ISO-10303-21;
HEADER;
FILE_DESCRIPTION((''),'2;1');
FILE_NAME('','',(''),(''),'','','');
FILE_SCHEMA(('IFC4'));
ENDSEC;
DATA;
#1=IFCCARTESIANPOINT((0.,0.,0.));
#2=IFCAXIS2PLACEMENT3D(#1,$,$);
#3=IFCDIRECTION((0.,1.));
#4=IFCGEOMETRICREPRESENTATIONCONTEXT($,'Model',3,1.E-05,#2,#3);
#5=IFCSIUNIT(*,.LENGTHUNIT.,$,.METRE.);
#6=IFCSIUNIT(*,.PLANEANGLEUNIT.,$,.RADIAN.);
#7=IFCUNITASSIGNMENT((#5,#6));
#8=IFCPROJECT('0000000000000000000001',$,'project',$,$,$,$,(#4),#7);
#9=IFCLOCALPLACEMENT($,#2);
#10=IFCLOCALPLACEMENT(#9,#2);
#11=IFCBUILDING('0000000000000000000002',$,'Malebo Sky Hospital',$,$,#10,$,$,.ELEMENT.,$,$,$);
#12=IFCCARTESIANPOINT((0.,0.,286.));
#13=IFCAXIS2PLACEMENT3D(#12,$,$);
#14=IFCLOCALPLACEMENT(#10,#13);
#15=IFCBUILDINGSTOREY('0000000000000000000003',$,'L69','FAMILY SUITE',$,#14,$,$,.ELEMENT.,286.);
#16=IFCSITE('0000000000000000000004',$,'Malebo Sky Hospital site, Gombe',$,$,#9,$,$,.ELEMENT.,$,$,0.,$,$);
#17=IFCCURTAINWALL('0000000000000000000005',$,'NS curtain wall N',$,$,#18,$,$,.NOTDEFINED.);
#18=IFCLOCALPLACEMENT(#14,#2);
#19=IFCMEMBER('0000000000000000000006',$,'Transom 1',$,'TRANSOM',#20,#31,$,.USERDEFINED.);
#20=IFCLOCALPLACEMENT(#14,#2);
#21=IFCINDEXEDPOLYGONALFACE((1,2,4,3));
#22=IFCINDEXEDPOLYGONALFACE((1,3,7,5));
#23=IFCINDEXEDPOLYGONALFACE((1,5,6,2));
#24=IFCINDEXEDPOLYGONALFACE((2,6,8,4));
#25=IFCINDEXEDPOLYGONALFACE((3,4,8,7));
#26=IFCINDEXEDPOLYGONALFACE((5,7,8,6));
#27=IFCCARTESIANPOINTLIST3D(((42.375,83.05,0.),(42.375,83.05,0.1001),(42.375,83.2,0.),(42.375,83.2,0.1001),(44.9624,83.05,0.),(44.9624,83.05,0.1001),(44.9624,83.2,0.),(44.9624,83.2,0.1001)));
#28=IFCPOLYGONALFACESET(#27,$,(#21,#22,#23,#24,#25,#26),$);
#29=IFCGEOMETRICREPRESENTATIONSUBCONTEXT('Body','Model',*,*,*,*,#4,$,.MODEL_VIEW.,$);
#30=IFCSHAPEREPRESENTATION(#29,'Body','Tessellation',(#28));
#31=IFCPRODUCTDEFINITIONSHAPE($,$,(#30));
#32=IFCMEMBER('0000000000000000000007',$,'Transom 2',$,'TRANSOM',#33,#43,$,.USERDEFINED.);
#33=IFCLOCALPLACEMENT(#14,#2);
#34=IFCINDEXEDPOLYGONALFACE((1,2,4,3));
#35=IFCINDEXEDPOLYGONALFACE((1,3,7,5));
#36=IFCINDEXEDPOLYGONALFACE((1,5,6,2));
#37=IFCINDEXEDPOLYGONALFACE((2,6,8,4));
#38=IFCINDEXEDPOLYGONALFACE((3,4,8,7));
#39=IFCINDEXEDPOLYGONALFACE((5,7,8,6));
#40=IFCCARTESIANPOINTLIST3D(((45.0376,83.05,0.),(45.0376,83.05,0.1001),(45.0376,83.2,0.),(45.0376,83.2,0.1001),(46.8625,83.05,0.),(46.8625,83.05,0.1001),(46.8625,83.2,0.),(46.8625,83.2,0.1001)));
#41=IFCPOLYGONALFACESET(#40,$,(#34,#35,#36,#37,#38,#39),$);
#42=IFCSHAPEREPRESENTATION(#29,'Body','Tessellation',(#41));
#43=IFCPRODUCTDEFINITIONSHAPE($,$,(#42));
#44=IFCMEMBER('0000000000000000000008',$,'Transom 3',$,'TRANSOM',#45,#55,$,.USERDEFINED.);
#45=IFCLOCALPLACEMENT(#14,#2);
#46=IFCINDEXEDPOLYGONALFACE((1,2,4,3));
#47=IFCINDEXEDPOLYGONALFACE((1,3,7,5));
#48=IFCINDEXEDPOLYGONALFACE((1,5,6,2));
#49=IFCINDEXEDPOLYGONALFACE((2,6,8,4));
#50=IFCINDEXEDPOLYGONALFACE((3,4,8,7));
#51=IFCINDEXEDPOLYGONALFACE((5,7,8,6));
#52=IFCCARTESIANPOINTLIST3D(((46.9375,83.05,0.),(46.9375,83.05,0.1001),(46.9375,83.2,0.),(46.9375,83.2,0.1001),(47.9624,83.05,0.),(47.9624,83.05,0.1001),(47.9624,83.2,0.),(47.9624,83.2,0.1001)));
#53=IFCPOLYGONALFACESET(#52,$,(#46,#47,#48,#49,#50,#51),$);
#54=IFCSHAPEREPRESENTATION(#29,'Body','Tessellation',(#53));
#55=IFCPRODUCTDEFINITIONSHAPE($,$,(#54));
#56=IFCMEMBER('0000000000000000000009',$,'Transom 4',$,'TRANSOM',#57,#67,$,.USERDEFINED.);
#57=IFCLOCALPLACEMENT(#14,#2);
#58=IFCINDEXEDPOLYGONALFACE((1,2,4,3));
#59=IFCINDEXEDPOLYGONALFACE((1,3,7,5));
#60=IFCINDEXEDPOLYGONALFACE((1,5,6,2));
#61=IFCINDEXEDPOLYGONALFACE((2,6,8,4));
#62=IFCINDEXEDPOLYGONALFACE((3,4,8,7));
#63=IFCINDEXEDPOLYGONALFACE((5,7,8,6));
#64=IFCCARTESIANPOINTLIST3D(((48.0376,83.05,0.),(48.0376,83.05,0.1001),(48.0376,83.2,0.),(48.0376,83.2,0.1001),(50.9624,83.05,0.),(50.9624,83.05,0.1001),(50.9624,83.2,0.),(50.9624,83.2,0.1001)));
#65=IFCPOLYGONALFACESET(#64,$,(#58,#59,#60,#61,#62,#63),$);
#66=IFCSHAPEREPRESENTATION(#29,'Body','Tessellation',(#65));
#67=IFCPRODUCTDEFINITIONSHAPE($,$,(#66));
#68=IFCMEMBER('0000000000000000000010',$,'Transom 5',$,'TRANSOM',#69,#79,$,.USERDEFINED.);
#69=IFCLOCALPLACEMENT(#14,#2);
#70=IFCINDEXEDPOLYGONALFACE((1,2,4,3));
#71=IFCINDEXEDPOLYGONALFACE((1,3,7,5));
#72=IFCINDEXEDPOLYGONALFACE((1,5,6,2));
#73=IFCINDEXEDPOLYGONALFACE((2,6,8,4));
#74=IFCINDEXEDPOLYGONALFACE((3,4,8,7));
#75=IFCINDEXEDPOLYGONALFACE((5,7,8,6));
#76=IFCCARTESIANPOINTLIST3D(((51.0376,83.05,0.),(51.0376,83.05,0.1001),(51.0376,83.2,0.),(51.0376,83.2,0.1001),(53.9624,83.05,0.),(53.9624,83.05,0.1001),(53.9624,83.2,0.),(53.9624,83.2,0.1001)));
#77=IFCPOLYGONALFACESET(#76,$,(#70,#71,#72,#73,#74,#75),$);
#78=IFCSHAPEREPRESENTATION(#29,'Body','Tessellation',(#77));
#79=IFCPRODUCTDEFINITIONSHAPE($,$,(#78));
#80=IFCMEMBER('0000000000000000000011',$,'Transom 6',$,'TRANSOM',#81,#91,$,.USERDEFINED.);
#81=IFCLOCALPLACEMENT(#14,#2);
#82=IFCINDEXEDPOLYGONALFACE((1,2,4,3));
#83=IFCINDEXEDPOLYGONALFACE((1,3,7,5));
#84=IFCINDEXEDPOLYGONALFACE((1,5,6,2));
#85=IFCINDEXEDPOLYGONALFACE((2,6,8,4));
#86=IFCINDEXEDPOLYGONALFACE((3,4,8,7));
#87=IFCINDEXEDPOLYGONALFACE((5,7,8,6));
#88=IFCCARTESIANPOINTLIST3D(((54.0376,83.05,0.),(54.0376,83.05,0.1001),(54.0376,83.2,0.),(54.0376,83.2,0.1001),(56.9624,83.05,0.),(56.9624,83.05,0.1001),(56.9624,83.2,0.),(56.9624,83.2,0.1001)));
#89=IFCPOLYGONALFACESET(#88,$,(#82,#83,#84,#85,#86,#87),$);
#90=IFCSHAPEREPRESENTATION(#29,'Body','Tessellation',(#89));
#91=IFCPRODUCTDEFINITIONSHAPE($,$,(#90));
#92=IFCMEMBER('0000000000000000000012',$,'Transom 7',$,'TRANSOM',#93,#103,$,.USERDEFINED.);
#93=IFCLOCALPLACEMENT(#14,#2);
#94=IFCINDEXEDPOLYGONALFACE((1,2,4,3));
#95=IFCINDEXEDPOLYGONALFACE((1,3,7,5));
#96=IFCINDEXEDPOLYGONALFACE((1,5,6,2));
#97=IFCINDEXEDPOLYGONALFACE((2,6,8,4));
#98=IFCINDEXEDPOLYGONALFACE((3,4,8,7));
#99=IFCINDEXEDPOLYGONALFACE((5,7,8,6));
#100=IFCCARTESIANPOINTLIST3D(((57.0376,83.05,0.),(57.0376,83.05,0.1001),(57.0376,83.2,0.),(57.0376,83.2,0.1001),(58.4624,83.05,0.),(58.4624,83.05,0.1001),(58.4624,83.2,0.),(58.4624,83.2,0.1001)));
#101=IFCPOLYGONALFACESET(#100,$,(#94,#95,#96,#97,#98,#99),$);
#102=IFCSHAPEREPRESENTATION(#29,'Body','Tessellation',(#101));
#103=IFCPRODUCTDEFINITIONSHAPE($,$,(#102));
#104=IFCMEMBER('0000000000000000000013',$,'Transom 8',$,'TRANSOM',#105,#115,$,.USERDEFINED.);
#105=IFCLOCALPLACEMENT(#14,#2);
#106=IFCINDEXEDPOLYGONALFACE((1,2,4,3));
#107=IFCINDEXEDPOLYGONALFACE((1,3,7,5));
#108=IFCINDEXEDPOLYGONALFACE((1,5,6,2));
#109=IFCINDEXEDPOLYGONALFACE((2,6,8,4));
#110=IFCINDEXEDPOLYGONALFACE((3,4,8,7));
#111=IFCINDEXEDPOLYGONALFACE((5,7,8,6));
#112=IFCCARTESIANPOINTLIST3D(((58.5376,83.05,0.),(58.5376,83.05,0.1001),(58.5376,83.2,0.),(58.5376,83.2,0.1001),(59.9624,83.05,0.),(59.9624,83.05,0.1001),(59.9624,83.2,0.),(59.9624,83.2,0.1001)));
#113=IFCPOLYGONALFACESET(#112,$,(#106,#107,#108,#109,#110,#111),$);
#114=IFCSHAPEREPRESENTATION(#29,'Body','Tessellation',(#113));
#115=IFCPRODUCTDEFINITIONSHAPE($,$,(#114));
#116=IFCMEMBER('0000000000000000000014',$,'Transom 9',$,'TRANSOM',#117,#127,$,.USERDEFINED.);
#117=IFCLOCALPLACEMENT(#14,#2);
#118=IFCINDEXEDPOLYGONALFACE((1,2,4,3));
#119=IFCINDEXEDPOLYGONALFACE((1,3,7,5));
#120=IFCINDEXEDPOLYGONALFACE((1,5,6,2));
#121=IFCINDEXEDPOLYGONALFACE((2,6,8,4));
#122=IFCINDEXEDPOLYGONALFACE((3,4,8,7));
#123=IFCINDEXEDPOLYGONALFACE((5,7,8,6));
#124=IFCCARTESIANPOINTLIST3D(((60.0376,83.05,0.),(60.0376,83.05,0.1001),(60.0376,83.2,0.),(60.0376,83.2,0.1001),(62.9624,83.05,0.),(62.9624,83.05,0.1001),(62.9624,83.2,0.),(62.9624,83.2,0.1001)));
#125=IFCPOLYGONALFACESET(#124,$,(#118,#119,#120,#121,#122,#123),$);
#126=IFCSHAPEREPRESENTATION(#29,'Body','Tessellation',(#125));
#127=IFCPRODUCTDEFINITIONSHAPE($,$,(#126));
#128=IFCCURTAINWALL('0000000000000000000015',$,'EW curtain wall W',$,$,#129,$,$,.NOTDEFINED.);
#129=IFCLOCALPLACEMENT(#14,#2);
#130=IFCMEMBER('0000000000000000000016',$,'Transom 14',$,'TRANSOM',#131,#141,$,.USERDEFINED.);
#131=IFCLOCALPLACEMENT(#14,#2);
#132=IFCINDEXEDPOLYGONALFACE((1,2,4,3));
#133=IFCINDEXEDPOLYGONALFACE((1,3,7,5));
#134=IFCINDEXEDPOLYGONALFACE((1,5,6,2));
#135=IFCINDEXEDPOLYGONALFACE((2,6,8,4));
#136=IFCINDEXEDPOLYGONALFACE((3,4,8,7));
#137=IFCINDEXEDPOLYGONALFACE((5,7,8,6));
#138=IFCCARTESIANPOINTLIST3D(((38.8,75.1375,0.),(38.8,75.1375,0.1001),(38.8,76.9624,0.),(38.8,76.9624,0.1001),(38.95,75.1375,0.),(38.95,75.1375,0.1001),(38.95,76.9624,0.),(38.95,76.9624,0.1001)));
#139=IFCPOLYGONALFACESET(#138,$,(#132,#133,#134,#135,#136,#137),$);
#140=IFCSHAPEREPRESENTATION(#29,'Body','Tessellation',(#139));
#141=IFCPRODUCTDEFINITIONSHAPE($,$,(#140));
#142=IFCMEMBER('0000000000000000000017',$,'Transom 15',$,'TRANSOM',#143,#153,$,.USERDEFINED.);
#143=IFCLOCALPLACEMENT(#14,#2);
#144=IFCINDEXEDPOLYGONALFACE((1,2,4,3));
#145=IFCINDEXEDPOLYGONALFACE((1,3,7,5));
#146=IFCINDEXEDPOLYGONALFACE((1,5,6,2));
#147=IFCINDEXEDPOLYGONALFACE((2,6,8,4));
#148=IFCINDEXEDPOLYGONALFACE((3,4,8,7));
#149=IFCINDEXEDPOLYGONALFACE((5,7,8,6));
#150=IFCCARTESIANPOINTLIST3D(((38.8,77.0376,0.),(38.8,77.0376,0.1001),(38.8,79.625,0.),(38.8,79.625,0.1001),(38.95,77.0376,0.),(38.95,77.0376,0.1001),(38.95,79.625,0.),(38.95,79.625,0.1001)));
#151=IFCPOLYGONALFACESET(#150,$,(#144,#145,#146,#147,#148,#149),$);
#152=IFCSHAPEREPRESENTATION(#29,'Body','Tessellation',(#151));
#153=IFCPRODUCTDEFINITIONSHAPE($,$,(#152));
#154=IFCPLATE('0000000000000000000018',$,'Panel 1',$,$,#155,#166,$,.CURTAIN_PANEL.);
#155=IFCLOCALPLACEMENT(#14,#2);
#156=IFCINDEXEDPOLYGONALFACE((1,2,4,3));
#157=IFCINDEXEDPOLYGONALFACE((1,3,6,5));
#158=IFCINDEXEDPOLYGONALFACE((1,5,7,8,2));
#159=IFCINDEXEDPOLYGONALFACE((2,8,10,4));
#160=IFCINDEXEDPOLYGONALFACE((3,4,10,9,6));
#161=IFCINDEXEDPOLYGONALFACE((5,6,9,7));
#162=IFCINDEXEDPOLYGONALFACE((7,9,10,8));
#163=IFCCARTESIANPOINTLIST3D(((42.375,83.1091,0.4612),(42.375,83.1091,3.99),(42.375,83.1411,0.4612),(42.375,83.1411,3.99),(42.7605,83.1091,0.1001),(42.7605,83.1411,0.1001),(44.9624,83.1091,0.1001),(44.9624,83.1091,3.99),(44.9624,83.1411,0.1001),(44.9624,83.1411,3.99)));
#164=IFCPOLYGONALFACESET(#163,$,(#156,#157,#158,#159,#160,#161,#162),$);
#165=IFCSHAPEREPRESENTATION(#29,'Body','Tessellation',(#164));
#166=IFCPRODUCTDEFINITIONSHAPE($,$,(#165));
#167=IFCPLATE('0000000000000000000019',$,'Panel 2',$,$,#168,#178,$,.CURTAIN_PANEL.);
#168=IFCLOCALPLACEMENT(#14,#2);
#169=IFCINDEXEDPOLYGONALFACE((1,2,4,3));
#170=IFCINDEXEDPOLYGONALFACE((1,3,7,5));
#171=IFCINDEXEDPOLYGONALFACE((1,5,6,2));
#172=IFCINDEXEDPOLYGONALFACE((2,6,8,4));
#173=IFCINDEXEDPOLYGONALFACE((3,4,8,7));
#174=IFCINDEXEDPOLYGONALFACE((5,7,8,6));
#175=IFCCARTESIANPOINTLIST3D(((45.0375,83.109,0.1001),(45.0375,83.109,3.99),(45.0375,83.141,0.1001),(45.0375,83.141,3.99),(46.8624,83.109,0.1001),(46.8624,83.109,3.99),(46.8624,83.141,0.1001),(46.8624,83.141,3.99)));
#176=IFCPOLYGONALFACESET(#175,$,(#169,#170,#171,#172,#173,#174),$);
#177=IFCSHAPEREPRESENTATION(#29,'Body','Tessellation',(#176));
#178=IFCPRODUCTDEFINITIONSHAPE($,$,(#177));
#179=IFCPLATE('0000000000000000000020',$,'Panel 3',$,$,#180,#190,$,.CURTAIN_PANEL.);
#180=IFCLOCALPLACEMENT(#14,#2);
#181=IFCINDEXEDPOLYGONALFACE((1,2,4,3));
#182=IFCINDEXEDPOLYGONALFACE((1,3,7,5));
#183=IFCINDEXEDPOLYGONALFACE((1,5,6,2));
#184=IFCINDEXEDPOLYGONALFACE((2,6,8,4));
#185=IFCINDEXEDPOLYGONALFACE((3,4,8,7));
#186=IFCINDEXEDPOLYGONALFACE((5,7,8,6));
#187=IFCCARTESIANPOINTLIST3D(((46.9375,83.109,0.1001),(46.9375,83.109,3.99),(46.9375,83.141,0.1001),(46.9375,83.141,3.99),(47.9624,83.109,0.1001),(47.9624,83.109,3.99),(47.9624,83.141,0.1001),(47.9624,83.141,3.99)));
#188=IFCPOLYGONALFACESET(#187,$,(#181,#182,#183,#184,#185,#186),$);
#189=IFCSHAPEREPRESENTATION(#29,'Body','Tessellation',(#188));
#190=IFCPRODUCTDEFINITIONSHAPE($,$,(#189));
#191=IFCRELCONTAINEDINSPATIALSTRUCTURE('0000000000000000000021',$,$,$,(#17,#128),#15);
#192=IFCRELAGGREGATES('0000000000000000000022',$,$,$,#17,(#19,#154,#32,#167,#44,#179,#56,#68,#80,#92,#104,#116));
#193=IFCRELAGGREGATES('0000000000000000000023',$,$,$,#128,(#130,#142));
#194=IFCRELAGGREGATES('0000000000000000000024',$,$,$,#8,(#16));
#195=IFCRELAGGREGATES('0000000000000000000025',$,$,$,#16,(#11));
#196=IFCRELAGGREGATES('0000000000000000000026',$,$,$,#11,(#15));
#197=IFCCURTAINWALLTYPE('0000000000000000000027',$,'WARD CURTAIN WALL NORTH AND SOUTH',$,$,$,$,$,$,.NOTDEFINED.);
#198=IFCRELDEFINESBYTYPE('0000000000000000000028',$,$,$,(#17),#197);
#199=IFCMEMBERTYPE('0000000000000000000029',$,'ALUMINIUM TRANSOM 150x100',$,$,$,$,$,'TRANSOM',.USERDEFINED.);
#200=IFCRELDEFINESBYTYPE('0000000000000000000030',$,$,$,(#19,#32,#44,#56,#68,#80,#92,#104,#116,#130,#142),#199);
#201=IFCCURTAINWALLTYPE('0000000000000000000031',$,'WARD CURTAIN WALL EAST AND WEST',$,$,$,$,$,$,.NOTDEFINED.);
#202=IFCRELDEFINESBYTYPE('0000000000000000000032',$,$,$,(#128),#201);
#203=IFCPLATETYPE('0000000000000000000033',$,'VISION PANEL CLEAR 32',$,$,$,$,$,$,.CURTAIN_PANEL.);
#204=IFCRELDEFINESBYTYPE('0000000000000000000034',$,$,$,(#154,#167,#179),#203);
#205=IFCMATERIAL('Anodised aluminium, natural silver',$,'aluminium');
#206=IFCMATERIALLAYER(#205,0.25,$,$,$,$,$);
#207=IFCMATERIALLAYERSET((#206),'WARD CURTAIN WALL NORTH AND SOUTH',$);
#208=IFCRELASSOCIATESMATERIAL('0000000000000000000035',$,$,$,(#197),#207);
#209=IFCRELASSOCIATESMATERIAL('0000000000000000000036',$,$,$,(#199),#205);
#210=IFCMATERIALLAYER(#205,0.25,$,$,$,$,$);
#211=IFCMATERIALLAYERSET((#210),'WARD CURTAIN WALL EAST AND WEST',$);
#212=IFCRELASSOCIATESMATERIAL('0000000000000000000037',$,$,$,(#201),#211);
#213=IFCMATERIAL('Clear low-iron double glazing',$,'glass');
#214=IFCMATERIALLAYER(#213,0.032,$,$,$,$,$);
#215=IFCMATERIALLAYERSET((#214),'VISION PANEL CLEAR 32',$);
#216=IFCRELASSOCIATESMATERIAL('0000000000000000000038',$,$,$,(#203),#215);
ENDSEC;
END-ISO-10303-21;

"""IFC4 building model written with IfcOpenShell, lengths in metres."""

from ifc_helpers import new_model, si_unit, direction, frame, origin, origin_2d, place, context, subcontext, project, spatial, polyline, rectangle, outline, extrude, material, layer, layer_set, material_profile, profile_set, type_object, element, aggregate, save


model = new_model("IFC4")

# Units and contexts
model_context = context("Model", 3, precision=1e-05, world=origin(), true_north=direction((0.0, 1.0)))
body_context = subcontext(model_context, "Body", "Model", "MODEL_VIEW")
ifc_project = project(units=[si_unit("LENGTHUNIT", "METRE"), si_unit("PLANEANGLEUNIT", "RADIAN")], contexts=[model_context])

# Site, building, storey
site_placement = place(None, origin())
site = spatial("IfcSite", under=ifc_project, at=site_placement, Name="Malebo Sky Hospital site, Gombe", CompositionType="ELEMENT", RefElevation=0.0)
building_placement = place(site_placement, origin())
building = spatial("IfcBuilding", under=site, at=building_placement, Name="Malebo Sky Hospital", CompositionType="ELEMENT")
storey_placement = place(building_placement, frame((0.0, 0.0, 286.0)))
storey = spatial("IfcBuildingStorey", under=building, at=storey_placement, Name="L69", Description="FAMILY SUITE", CompositionType="ELEMENT", Elevation=286.0)

# Curtain walls, members
ifc_material_1 = material(Name="Anodised aluminium, natural silver", Category="aluminium")
ifc_layer_1 = layer(ifc_material_1, 0.25)
ifc_layer_set_1 = layer_set([ifc_layer_1], Name="WARD CURTAIN WALL NORTH AND SOUTH")
curtain_wall_type_1 = type_object("IfcCurtainWallType", Name="WARD CURTAIN WALL NORTH AND SOUTH", PredefinedType="NOTDEFINED", material=ifc_layer_set_1)
curtain_wall_1_placement = place(storey_placement, origin())
curtain_wall_1 = element("IfcCurtainWall", 1, at=curtain_wall_1_placement, inside=storey, type_object=curtain_wall_type_1, Name="NS curtain wall N", PredefinedType="NOTDEFINED")
ifc_material_profile = material_profile(ifc_material_1, rectangle(XDim=0.1499, YDim=0.1001, at=origin_2d()), Name="ALUMINIUM TRANSOM 150x100")
ifc_profile_set = profile_set([ifc_material_profile], Name="Anodised aluminium, natural silver")
member_type = type_object("IfcMemberType", Name="ALUMINIUM TRANSOM 150x100", ElementType="TRANSOM", PredefinedType="USERDEFINED", material=ifc_profile_set)
member_1_placement = place(storey_placement, frame((42.375, 83.125, 0.05), z_axis=(1.0, 0.0, 0.0), x_axis=(0.0, 1.0, 0.0)))
member_1 = element("IfcMember", 2, at=member_1_placement, type_object=member_type, Name="Transom 1", ObjectType="TRANSOM", PredefinedType="USERDEFINED", context=body_context, shape_type="SweptSolid", body=[
    extrude(rectangle(XDim=0.1499, YDim=0.1001, at=origin_2d()), origin(), (0.0, 0.0, 1.0), 2.5874),
])
member_2_placement = place(storey_placement, frame((45.0376, 83.125, 0.05), z_axis=(1.0, 0.0, 0.0), x_axis=(0.0, 1.0, 0.0)))
member_2 = element("IfcMember", 3, at=member_2_placement, type_object=member_type, Name="Transom 2", ObjectType="TRANSOM", PredefinedType="USERDEFINED", context=body_context, shape_type="SweptSolid", body=[
    extrude(rectangle(XDim=0.1499, YDim=0.1001, at=origin_2d()), origin(), (0.0, 0.0, 1.0), 1.825),
])
member_3_placement = place(storey_placement, frame((46.9375, 83.125, 0.05), z_axis=(1.0, 0.0, 0.0), x_axis=(0.0, 1.0, 0.0)))
member_3 = element("IfcMember", 4, at=member_3_placement, type_object=member_type, Name="Transom 3", ObjectType="TRANSOM", PredefinedType="USERDEFINED", context=body_context, shape_type="SweptSolid", body=[
    extrude(rectangle(XDim=0.1499, YDim=0.1001, at=origin_2d()), origin(), (0.0, 0.0, 1.0), 1.0249),
])
member_4_placement = place(storey_placement, frame((48.0376, 83.125, 0.05), z_axis=(1.0, 0.0, 0.0), x_axis=(0.0, 1.0, 0.0)))
member_4 = element("IfcMember", 5, at=member_4_placement, type_object=member_type, Name="Transom 4", ObjectType="TRANSOM", PredefinedType="USERDEFINED", context=body_context, shape_type="SweptSolid", body=[
    extrude(rectangle(XDim=0.1499, YDim=0.1001, at=origin_2d()), origin(), (0.0, 0.0, 1.0), 2.9248),
])
member_5_placement = place(storey_placement, frame((51.0376, 83.125, 0.05), z_axis=(1.0, 0.0, 0.0), x_axis=(0.0, 1.0, 0.0)))
member_5 = element("IfcMember", 6, at=member_5_placement, type_object=member_type, Name="Transom 5", ObjectType="TRANSOM", PredefinedType="USERDEFINED", context=body_context, shape_type="SweptSolid", body=[
    extrude(rectangle(XDim=0.1499, YDim=0.1001, at=origin_2d()), origin(), (0.0, 0.0, 1.0), 2.9248),
])
member_6_placement = place(storey_placement, frame((54.0376, 83.125, 0.05), z_axis=(1.0, 0.0, 0.0), x_axis=(0.0, 1.0, 0.0)))
member_6 = element("IfcMember", 7, at=member_6_placement, type_object=member_type, Name="Transom 6", ObjectType="TRANSOM", PredefinedType="USERDEFINED", context=body_context, shape_type="SweptSolid", body=[
    extrude(rectangle(XDim=0.1499, YDim=0.1001, at=origin_2d()), origin(), (0.0, 0.0, 1.0), 2.9248),
])
member_7_placement = place(storey_placement, frame((57.0376, 83.125, 0.05), z_axis=(1.0, 0.0, 0.0), x_axis=(0.0, 1.0, 0.0)))
member_7 = element("IfcMember", 8, at=member_7_placement, type_object=member_type, Name="Transom 7", ObjectType="TRANSOM", PredefinedType="USERDEFINED", context=body_context, shape_type="SweptSolid", body=[
    extrude(rectangle(XDim=0.1499, YDim=0.1001, at=origin_2d()), origin(), (0.0, 0.0, 1.0), 1.4248),
])
member_8_placement = place(storey_placement, frame((58.5376, 83.125, 0.05), z_axis=(1.0, 0.0, 0.0), x_axis=(0.0, 1.0, 0.0)))
member_8 = element("IfcMember", 9, at=member_8_placement, type_object=member_type, Name="Transom 8", ObjectType="TRANSOM", PredefinedType="USERDEFINED", context=body_context, shape_type="SweptSolid", body=[
    extrude(rectangle(XDim=0.1499, YDim=0.1001, at=origin_2d()), origin(), (0.0, 0.0, 1.0), 1.4248),
])
member_9_placement = place(storey_placement, frame((60.0376, 83.125, 0.05), z_axis=(1.0, 0.0, 0.0), x_axis=(0.0, 1.0, 0.0)))
member_9 = element("IfcMember", 10, at=member_9_placement, type_object=member_type, Name="Transom 9", ObjectType="TRANSOM", PredefinedType="USERDEFINED", context=body_context, shape_type="SweptSolid", body=[
    extrude(rectangle(XDim=0.1499, YDim=0.1001, at=origin_2d()), origin(), (0.0, 0.0, 1.0), 2.9248),
])
ifc_layer_2 = layer(ifc_material_1, 0.25)
ifc_layer_set_2 = layer_set([ifc_layer_2], Name="WARD CURTAIN WALL EAST AND WEST")
curtain_wall_type_2 = type_object("IfcCurtainWallType", Name="WARD CURTAIN WALL EAST AND WEST", PredefinedType="NOTDEFINED", material=ifc_layer_set_2)
curtain_wall_2_placement = place(storey_placement, origin())
curtain_wall_2 = element("IfcCurtainWall", 11, at=curtain_wall_2_placement, inside=storey, type_object=curtain_wall_type_2, Name="EW curtain wall W", PredefinedType="NOTDEFINED")
member_10_placement = place(storey_placement, frame((38.875, 75.1375, 0.05), z_axis=(0.0, 1.0, 0.0), x_axis=(-1.0, 0.0, 0.0)))
member_10 = element("IfcMember", 12, at=member_10_placement, type_object=member_type, Name="Transom 14", ObjectType="TRANSOM", PredefinedType="USERDEFINED", context=body_context, shape_type="SweptSolid", body=[
    extrude(rectangle(XDim=0.1499, YDim=0.1001, at=origin_2d()), origin(), (0.0, 0.0, 1.0), 1.825),
])
member_11_placement = place(storey_placement, frame((38.875, 77.0376, 0.05), z_axis=(0.0, 1.0, 0.0), x_axis=(-1.0, 0.0, 0.0)))
member_11 = element("IfcMember", 13, at=member_11_placement, type_object=member_type, Name="Transom 15", ObjectType="TRANSOM", PredefinedType="USERDEFINED", context=body_context, shape_type="SweptSolid", body=[
    extrude(rectangle(XDim=0.1499, YDim=0.1001, at=origin_2d()), origin(), (0.0, 0.0, 1.0), 2.5874),
])

# Plates
ifc_material_2 = material(Name="Clear low-iron double glazing", Category="glass")
ifc_layer_3 = layer(ifc_material_2, 0.032)
ifc_layer_set_3 = layer_set([ifc_layer_3], Name="VISION PANEL CLEAR 32")
plate_type = type_object("IfcPlateType", Name="VISION PANEL CLEAR 32", PredefinedType="CURTAIN_PANEL", material=ifc_layer_set_3)
plate_1_placement = place(storey_placement, frame((43.6687, 83.125, 0.1001), z_axis=(0.0, 0.0, 1.0), x_axis=(1.0, 0.0, 0.0)))
plate_1 = element("IfcPlate", 14, at=plate_1_placement, type_object=plate_type, Name="Panel 1", PredefinedType="CURTAIN_PANEL", context=body_context, shape_type="SweptSolid", body=[
    extrude(outline(polyline([(-0.9082, 0.0), (1.2937, 0.0), (1.2937, 3.8899), (-1.2937, 3.8899), (-1.2937, 0.3611), (-0.9082, 0.0)])), frame((0.0, 0.0161, 0.0), z_axis=(0.0, -1.0, 0.0), x_axis=(1.0, 0.0, 0.0)), (0.0, 0.0, 1.0), 0.032),
])
plate_2_placement = place(storey_placement, frame((45.95, 83.125, 0.1001), z_axis=(0.0, 0.0, 1.0), x_axis=(1.0, 0.0, 0.0)))
plate_2 = element("IfcPlate", 15, at=plate_2_placement, type_object=plate_type, Name="Panel 2", PredefinedType="CURTAIN_PANEL", context=body_context, shape_type="SweptSolid", body=[
    extrude(rectangle(XDim=1.825, YDim=0.032, at=origin_2d()), origin(), (0.0, 0.0, 1.0), 3.8899),
])
plate_3_placement = place(storey_placement, frame((47.45, 83.125, 0.1001), z_axis=(0.0, 0.0, 1.0), x_axis=(1.0, 0.0, 0.0)))
plate_3 = element("IfcPlate", 16, at=plate_3_placement, type_object=plate_type, Name="Panel 3", PredefinedType="CURTAIN_PANEL", context=body_context, shape_type="SweptSolid", body=[
    extrude(rectangle(XDim=1.0249, YDim=0.032, at=origin_2d()), origin(), (0.0, 0.0, 1.0), 3.8899),
])
aggregate(curtain_wall_1, [member_1, plate_1, member_2, plate_2, member_3, plate_3, member_4, member_5, member_6, member_7, member_8, member_9])
aggregate(curtain_wall_2, [member_10, member_11])

save(model, "model.ifc")
